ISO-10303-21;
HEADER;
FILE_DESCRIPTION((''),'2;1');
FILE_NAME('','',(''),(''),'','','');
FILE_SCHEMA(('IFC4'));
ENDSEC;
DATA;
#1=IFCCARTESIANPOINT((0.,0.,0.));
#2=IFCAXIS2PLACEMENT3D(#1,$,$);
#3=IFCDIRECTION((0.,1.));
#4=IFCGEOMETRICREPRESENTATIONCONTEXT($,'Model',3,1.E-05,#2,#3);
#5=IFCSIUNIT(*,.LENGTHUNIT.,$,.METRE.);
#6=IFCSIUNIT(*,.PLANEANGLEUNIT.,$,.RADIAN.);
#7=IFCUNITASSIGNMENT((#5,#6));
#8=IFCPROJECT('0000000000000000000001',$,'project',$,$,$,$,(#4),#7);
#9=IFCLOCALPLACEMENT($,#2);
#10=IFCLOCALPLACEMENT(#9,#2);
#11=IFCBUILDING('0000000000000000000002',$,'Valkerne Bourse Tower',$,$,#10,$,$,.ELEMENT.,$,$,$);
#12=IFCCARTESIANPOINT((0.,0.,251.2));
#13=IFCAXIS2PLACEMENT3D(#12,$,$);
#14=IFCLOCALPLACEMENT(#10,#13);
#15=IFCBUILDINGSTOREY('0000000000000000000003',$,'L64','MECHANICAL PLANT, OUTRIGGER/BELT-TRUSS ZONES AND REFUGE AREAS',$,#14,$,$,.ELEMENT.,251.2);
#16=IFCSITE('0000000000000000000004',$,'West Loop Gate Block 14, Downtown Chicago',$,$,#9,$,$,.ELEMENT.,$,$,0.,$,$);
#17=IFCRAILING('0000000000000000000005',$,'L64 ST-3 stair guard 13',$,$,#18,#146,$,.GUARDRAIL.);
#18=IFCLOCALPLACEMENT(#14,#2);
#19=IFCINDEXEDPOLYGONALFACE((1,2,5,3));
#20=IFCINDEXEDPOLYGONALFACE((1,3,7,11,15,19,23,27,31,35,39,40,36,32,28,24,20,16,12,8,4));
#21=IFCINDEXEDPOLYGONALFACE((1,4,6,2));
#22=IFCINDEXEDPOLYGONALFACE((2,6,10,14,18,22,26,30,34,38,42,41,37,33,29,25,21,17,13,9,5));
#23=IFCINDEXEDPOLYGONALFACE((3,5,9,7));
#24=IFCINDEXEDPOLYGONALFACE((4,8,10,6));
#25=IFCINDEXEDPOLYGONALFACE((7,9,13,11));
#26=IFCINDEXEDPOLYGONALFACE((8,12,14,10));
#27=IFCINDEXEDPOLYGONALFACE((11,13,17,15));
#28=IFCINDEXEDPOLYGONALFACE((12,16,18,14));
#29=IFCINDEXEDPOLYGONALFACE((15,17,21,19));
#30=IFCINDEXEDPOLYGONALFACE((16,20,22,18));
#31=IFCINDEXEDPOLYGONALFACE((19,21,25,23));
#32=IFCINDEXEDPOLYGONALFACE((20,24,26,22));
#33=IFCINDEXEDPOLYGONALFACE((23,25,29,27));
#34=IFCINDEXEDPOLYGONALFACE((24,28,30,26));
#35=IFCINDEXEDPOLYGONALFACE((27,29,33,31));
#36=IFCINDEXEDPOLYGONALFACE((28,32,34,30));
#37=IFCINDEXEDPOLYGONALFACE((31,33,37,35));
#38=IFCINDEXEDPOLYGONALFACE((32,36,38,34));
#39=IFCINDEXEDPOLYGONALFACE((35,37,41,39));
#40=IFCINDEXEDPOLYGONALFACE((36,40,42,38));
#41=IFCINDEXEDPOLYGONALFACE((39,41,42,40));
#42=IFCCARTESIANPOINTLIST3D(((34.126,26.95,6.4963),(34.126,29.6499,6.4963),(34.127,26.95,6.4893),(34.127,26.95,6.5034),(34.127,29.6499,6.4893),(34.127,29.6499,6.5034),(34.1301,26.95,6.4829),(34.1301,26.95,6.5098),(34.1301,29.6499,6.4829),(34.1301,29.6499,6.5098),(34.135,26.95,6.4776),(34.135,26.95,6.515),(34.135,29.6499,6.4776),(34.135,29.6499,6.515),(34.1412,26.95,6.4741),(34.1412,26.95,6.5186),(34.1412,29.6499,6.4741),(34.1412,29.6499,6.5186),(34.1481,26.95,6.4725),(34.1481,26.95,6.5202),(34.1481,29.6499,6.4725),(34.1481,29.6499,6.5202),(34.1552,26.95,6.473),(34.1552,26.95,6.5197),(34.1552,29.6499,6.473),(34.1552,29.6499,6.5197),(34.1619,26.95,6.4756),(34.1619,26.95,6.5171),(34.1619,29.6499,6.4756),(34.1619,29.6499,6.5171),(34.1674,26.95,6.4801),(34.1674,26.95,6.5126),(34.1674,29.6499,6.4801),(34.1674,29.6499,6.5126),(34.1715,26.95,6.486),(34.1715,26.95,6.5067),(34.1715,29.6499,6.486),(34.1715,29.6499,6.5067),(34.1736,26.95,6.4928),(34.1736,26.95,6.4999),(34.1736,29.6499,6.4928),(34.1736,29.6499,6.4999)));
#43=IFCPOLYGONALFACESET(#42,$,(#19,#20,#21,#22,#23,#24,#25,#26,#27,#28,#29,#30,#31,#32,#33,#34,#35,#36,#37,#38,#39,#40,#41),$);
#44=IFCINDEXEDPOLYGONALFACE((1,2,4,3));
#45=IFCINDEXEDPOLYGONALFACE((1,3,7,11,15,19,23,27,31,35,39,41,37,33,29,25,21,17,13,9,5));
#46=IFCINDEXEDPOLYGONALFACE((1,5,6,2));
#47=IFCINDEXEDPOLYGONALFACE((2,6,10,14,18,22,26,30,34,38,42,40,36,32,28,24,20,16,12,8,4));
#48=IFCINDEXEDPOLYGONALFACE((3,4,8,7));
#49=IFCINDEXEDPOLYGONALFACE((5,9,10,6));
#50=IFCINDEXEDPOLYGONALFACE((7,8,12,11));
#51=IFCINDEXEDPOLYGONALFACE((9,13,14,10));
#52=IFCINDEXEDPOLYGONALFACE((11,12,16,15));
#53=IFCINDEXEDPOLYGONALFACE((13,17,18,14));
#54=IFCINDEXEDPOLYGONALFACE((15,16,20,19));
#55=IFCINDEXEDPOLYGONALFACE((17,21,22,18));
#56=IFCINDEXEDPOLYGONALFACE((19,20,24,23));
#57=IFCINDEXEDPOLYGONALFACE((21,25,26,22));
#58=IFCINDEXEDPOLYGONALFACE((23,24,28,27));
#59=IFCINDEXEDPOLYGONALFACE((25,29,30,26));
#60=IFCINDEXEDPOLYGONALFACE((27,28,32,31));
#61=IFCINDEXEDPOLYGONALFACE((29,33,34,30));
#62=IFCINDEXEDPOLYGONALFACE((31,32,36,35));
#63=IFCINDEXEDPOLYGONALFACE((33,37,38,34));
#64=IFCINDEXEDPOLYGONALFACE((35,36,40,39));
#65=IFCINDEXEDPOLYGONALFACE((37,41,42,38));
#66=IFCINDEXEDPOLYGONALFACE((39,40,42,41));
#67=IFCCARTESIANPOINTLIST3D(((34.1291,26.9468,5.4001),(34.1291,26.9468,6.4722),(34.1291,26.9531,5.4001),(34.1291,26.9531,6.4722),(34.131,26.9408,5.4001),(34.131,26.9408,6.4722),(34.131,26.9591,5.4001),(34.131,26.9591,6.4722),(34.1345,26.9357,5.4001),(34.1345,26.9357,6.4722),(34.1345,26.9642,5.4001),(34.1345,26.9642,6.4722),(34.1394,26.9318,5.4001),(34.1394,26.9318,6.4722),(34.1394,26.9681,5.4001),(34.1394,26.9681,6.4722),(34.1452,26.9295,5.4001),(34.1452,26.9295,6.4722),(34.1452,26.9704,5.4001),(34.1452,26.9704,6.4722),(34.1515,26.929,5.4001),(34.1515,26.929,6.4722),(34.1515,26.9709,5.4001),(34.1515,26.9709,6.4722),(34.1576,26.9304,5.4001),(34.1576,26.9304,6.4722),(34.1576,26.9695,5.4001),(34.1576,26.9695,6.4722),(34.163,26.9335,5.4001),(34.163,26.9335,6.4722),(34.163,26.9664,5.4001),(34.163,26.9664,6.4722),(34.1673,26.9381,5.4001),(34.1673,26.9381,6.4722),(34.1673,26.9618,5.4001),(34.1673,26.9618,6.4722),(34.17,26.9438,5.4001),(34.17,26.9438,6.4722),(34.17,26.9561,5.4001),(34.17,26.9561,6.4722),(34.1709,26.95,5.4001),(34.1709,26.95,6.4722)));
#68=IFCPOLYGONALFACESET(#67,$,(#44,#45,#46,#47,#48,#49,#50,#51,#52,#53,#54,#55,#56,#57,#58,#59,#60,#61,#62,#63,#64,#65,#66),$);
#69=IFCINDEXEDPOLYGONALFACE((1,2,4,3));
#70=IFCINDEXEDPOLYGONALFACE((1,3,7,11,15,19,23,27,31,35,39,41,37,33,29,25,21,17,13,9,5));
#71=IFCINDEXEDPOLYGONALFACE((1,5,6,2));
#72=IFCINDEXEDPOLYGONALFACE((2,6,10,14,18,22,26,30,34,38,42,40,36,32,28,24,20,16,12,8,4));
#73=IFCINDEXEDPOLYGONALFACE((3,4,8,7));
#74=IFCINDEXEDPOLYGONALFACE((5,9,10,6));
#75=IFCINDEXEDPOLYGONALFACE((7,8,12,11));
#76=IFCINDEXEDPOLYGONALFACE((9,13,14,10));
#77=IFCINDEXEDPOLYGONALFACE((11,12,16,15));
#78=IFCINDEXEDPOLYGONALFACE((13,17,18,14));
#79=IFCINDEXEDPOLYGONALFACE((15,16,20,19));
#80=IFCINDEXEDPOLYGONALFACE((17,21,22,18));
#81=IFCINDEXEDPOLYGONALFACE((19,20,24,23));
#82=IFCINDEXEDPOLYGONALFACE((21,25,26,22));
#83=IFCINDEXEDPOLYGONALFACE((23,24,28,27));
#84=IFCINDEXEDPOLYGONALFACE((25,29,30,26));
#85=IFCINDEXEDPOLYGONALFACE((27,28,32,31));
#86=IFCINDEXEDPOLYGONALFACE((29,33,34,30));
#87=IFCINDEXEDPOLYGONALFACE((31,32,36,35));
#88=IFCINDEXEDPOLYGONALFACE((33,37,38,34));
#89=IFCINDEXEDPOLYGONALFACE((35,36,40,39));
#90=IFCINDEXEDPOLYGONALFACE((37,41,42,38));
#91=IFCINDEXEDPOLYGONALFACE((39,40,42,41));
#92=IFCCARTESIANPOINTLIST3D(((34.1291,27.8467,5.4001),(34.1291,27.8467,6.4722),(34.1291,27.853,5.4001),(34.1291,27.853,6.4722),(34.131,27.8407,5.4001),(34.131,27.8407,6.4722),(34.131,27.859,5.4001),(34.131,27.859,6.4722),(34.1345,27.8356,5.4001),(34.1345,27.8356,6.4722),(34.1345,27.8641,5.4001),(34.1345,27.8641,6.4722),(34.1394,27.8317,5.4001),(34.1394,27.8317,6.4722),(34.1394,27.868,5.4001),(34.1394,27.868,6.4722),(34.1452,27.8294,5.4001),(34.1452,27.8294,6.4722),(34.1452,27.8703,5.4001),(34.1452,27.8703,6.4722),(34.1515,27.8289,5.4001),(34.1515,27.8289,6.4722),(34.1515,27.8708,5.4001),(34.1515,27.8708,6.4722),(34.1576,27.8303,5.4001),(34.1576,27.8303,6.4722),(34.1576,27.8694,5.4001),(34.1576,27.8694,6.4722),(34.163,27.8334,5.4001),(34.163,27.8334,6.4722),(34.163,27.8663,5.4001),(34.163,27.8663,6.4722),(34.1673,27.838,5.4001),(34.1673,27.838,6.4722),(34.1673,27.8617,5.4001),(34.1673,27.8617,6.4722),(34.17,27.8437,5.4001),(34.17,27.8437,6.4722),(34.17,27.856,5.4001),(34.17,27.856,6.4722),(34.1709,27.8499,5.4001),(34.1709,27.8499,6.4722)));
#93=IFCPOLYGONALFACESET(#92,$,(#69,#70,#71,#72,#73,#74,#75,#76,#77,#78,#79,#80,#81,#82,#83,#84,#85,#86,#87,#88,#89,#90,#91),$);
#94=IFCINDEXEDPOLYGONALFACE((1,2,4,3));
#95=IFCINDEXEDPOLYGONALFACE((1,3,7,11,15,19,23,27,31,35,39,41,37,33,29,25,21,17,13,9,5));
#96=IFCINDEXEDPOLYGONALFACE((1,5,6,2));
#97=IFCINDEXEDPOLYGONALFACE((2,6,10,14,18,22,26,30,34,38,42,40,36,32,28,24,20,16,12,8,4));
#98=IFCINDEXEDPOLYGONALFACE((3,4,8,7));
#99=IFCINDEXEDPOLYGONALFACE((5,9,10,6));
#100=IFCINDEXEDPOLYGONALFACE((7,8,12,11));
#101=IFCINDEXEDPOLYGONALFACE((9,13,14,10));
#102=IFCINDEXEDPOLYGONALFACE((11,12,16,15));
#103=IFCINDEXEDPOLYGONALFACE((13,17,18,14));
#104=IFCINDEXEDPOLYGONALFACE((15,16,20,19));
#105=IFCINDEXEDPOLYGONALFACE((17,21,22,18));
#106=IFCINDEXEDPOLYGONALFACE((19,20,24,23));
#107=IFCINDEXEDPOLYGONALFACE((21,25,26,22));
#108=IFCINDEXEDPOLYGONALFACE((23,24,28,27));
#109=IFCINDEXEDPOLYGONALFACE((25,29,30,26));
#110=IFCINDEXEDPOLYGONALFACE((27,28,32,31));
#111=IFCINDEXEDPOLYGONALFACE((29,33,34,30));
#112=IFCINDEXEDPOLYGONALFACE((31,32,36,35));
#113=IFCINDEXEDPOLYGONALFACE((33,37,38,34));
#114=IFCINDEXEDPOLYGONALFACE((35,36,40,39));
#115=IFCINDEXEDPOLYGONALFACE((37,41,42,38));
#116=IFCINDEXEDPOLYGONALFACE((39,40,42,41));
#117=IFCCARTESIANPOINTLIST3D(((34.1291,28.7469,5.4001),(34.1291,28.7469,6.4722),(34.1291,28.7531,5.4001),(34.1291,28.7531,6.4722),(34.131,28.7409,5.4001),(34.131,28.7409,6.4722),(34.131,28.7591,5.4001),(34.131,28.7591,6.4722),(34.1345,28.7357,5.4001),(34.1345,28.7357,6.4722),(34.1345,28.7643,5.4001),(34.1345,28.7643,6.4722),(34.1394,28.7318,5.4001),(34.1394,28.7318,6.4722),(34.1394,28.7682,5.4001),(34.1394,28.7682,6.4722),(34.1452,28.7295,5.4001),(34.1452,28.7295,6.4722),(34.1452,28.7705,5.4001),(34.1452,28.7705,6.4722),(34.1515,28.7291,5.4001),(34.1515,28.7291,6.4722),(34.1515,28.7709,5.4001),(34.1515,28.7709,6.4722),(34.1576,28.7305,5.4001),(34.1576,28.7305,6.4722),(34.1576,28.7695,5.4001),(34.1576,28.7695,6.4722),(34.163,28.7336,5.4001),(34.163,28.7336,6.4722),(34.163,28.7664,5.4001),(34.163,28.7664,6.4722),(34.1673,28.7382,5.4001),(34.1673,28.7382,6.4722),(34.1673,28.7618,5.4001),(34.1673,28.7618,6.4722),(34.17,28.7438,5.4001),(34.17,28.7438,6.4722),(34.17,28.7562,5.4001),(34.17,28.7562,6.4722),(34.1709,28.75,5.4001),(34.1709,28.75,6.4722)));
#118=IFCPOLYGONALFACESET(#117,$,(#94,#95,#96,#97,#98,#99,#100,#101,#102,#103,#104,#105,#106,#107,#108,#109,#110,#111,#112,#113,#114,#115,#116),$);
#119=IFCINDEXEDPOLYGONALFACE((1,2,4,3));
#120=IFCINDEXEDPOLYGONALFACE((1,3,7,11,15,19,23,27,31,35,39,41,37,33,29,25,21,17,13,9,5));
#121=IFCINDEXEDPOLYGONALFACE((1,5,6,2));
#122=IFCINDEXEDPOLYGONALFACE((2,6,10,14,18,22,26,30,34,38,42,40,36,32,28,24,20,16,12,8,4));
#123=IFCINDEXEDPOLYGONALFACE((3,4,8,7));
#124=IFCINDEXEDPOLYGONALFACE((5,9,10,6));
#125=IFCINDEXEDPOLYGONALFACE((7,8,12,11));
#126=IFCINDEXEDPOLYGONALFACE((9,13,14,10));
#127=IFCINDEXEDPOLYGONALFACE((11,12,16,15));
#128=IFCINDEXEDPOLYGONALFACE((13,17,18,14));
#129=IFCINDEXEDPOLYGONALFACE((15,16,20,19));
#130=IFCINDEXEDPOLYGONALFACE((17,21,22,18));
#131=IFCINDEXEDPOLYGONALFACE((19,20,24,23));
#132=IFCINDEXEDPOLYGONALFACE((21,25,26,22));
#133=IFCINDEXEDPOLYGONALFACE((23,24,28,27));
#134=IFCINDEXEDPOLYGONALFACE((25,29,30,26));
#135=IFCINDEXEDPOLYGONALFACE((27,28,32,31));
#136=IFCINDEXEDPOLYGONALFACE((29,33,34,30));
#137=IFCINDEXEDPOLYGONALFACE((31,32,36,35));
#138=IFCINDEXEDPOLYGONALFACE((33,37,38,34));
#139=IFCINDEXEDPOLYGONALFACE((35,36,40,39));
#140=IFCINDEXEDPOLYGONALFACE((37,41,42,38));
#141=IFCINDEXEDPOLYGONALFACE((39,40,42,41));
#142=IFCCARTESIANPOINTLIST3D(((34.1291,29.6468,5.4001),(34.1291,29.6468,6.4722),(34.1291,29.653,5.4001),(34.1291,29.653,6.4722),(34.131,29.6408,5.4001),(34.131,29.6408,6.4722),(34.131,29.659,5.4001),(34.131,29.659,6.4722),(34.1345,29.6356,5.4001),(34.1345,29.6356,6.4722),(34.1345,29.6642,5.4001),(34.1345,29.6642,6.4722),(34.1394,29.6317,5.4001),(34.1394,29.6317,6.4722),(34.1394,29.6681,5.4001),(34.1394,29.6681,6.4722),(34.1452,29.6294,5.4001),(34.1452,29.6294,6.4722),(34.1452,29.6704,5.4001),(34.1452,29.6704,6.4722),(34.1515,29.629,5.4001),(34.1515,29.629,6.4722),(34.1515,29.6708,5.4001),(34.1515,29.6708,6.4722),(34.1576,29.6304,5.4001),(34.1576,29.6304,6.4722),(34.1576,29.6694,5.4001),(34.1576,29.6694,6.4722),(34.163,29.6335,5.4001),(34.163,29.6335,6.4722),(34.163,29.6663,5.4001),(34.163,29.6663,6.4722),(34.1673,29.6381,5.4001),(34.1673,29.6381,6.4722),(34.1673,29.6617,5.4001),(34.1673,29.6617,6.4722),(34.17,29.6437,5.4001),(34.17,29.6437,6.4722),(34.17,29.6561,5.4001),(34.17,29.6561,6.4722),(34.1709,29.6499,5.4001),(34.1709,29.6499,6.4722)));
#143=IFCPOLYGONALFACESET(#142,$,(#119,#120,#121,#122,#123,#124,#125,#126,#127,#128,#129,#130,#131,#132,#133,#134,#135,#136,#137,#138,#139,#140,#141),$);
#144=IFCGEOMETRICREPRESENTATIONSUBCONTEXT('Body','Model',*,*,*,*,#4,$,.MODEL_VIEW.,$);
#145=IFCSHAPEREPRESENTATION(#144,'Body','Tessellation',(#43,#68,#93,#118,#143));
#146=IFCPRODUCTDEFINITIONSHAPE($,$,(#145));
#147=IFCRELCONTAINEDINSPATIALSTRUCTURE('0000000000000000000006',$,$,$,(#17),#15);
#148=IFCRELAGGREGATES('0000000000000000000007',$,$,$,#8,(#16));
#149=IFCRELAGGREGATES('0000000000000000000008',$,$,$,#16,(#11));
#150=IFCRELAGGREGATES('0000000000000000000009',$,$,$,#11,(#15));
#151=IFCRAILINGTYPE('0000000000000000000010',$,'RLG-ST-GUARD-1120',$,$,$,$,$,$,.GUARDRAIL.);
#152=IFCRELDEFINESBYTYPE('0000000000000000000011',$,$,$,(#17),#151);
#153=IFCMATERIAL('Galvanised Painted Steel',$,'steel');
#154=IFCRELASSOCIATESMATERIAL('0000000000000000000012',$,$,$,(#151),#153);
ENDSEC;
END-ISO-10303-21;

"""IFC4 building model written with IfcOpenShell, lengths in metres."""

from ifc_helpers import new_model, si_unit, direction, frame, origin, origin_2d, place, context, subcontext, project, spatial, circle, extrude, material, type_object, element, save


model = new_model("IFC4")

# Units and contexts
model_context = context("Model", 3, precision=1e-05, world=origin(), true_north=direction((0.0, 1.0)))
body_context = subcontext(model_context, "Body", "Model", "MODEL_VIEW")
ifc_project = project(units=[si_unit("LENGTHUNIT", "METRE"), si_unit("PLANEANGLEUNIT", "RADIAN")], contexts=[model_context])

# Site, building, storey
site_placement = place(None, origin())
site = spatial("IfcSite", under=ifc_project, at=site_placement, Name="West Loop Gate Block 14, Downtown Chicago", CompositionType="ELEMENT", RefElevation=0.0)
building_placement = place(site_placement, origin())
building = spatial("IfcBuilding", under=site, at=building_placement, Name="Valkerne Bourse Tower", CompositionType="ELEMENT")
storey_placement = place(building_placement, frame((0.0, 0.0, 251.2)))
storey = spatial("IfcBuildingStorey", under=building, at=storey_placement, Name="L64", Description="MECHANICAL PLANT, OUTRIGGER/BELT-TRUSS ZONES AND REFUGE AREAS", CompositionType="ELEMENT", Elevation=251.2)

# Railing
ifc_material_1 = material(Name="Galvanised Painted Steel", Category="steel")
railing_type_1 = type_object("IfcRailingType", Name="RLG-ST-GUARD-1120", PredefinedType="GUARDRAIL", material=ifc_material_1)
railing_1_placement = place(storey_placement, frame((34.1499, 26.95, 5.4001)))
element("IfcRailing", 1, at=railing_1_placement, inside=storey, type_object=railing_type_1, Name="L64 ST-3 stair guard 13", PredefinedType="GUARDRAIL", context=body_context, shape_type="SweptSolid", body=[
    extrude(circle(Radius=0.0239, at=origin_2d()), frame((0.0, 0.0, 1.0962), z_axis=(0.0, 1.0, 0.0), x_axis=(-1.0, 0.0, 0.0)), (0.0, 0.0, 1.0), 2.7),
    extrude(circle(Radius=0.021, at=origin_2d()), origin(), (0.0, 0.0, 1.0), 1.072),
    extrude(circle(Radius=0.021, at=origin_2d()), frame((0.0, 0.8999, 0.0)), (0.0, 0.0, 1.0), 1.072),
    extrude(circle(Radius=0.021, at=origin_2d()), frame((0.0, 1.8, 0.0)), (0.0, 0.0, 1.0), 1.072),
    extrude(circle(Radius=0.021, at=origin_2d()), frame((0.0, 2.7, 0.0)), (0.0, 0.0, 1.0), 1.072),
])

save(model, "model.ifc")
